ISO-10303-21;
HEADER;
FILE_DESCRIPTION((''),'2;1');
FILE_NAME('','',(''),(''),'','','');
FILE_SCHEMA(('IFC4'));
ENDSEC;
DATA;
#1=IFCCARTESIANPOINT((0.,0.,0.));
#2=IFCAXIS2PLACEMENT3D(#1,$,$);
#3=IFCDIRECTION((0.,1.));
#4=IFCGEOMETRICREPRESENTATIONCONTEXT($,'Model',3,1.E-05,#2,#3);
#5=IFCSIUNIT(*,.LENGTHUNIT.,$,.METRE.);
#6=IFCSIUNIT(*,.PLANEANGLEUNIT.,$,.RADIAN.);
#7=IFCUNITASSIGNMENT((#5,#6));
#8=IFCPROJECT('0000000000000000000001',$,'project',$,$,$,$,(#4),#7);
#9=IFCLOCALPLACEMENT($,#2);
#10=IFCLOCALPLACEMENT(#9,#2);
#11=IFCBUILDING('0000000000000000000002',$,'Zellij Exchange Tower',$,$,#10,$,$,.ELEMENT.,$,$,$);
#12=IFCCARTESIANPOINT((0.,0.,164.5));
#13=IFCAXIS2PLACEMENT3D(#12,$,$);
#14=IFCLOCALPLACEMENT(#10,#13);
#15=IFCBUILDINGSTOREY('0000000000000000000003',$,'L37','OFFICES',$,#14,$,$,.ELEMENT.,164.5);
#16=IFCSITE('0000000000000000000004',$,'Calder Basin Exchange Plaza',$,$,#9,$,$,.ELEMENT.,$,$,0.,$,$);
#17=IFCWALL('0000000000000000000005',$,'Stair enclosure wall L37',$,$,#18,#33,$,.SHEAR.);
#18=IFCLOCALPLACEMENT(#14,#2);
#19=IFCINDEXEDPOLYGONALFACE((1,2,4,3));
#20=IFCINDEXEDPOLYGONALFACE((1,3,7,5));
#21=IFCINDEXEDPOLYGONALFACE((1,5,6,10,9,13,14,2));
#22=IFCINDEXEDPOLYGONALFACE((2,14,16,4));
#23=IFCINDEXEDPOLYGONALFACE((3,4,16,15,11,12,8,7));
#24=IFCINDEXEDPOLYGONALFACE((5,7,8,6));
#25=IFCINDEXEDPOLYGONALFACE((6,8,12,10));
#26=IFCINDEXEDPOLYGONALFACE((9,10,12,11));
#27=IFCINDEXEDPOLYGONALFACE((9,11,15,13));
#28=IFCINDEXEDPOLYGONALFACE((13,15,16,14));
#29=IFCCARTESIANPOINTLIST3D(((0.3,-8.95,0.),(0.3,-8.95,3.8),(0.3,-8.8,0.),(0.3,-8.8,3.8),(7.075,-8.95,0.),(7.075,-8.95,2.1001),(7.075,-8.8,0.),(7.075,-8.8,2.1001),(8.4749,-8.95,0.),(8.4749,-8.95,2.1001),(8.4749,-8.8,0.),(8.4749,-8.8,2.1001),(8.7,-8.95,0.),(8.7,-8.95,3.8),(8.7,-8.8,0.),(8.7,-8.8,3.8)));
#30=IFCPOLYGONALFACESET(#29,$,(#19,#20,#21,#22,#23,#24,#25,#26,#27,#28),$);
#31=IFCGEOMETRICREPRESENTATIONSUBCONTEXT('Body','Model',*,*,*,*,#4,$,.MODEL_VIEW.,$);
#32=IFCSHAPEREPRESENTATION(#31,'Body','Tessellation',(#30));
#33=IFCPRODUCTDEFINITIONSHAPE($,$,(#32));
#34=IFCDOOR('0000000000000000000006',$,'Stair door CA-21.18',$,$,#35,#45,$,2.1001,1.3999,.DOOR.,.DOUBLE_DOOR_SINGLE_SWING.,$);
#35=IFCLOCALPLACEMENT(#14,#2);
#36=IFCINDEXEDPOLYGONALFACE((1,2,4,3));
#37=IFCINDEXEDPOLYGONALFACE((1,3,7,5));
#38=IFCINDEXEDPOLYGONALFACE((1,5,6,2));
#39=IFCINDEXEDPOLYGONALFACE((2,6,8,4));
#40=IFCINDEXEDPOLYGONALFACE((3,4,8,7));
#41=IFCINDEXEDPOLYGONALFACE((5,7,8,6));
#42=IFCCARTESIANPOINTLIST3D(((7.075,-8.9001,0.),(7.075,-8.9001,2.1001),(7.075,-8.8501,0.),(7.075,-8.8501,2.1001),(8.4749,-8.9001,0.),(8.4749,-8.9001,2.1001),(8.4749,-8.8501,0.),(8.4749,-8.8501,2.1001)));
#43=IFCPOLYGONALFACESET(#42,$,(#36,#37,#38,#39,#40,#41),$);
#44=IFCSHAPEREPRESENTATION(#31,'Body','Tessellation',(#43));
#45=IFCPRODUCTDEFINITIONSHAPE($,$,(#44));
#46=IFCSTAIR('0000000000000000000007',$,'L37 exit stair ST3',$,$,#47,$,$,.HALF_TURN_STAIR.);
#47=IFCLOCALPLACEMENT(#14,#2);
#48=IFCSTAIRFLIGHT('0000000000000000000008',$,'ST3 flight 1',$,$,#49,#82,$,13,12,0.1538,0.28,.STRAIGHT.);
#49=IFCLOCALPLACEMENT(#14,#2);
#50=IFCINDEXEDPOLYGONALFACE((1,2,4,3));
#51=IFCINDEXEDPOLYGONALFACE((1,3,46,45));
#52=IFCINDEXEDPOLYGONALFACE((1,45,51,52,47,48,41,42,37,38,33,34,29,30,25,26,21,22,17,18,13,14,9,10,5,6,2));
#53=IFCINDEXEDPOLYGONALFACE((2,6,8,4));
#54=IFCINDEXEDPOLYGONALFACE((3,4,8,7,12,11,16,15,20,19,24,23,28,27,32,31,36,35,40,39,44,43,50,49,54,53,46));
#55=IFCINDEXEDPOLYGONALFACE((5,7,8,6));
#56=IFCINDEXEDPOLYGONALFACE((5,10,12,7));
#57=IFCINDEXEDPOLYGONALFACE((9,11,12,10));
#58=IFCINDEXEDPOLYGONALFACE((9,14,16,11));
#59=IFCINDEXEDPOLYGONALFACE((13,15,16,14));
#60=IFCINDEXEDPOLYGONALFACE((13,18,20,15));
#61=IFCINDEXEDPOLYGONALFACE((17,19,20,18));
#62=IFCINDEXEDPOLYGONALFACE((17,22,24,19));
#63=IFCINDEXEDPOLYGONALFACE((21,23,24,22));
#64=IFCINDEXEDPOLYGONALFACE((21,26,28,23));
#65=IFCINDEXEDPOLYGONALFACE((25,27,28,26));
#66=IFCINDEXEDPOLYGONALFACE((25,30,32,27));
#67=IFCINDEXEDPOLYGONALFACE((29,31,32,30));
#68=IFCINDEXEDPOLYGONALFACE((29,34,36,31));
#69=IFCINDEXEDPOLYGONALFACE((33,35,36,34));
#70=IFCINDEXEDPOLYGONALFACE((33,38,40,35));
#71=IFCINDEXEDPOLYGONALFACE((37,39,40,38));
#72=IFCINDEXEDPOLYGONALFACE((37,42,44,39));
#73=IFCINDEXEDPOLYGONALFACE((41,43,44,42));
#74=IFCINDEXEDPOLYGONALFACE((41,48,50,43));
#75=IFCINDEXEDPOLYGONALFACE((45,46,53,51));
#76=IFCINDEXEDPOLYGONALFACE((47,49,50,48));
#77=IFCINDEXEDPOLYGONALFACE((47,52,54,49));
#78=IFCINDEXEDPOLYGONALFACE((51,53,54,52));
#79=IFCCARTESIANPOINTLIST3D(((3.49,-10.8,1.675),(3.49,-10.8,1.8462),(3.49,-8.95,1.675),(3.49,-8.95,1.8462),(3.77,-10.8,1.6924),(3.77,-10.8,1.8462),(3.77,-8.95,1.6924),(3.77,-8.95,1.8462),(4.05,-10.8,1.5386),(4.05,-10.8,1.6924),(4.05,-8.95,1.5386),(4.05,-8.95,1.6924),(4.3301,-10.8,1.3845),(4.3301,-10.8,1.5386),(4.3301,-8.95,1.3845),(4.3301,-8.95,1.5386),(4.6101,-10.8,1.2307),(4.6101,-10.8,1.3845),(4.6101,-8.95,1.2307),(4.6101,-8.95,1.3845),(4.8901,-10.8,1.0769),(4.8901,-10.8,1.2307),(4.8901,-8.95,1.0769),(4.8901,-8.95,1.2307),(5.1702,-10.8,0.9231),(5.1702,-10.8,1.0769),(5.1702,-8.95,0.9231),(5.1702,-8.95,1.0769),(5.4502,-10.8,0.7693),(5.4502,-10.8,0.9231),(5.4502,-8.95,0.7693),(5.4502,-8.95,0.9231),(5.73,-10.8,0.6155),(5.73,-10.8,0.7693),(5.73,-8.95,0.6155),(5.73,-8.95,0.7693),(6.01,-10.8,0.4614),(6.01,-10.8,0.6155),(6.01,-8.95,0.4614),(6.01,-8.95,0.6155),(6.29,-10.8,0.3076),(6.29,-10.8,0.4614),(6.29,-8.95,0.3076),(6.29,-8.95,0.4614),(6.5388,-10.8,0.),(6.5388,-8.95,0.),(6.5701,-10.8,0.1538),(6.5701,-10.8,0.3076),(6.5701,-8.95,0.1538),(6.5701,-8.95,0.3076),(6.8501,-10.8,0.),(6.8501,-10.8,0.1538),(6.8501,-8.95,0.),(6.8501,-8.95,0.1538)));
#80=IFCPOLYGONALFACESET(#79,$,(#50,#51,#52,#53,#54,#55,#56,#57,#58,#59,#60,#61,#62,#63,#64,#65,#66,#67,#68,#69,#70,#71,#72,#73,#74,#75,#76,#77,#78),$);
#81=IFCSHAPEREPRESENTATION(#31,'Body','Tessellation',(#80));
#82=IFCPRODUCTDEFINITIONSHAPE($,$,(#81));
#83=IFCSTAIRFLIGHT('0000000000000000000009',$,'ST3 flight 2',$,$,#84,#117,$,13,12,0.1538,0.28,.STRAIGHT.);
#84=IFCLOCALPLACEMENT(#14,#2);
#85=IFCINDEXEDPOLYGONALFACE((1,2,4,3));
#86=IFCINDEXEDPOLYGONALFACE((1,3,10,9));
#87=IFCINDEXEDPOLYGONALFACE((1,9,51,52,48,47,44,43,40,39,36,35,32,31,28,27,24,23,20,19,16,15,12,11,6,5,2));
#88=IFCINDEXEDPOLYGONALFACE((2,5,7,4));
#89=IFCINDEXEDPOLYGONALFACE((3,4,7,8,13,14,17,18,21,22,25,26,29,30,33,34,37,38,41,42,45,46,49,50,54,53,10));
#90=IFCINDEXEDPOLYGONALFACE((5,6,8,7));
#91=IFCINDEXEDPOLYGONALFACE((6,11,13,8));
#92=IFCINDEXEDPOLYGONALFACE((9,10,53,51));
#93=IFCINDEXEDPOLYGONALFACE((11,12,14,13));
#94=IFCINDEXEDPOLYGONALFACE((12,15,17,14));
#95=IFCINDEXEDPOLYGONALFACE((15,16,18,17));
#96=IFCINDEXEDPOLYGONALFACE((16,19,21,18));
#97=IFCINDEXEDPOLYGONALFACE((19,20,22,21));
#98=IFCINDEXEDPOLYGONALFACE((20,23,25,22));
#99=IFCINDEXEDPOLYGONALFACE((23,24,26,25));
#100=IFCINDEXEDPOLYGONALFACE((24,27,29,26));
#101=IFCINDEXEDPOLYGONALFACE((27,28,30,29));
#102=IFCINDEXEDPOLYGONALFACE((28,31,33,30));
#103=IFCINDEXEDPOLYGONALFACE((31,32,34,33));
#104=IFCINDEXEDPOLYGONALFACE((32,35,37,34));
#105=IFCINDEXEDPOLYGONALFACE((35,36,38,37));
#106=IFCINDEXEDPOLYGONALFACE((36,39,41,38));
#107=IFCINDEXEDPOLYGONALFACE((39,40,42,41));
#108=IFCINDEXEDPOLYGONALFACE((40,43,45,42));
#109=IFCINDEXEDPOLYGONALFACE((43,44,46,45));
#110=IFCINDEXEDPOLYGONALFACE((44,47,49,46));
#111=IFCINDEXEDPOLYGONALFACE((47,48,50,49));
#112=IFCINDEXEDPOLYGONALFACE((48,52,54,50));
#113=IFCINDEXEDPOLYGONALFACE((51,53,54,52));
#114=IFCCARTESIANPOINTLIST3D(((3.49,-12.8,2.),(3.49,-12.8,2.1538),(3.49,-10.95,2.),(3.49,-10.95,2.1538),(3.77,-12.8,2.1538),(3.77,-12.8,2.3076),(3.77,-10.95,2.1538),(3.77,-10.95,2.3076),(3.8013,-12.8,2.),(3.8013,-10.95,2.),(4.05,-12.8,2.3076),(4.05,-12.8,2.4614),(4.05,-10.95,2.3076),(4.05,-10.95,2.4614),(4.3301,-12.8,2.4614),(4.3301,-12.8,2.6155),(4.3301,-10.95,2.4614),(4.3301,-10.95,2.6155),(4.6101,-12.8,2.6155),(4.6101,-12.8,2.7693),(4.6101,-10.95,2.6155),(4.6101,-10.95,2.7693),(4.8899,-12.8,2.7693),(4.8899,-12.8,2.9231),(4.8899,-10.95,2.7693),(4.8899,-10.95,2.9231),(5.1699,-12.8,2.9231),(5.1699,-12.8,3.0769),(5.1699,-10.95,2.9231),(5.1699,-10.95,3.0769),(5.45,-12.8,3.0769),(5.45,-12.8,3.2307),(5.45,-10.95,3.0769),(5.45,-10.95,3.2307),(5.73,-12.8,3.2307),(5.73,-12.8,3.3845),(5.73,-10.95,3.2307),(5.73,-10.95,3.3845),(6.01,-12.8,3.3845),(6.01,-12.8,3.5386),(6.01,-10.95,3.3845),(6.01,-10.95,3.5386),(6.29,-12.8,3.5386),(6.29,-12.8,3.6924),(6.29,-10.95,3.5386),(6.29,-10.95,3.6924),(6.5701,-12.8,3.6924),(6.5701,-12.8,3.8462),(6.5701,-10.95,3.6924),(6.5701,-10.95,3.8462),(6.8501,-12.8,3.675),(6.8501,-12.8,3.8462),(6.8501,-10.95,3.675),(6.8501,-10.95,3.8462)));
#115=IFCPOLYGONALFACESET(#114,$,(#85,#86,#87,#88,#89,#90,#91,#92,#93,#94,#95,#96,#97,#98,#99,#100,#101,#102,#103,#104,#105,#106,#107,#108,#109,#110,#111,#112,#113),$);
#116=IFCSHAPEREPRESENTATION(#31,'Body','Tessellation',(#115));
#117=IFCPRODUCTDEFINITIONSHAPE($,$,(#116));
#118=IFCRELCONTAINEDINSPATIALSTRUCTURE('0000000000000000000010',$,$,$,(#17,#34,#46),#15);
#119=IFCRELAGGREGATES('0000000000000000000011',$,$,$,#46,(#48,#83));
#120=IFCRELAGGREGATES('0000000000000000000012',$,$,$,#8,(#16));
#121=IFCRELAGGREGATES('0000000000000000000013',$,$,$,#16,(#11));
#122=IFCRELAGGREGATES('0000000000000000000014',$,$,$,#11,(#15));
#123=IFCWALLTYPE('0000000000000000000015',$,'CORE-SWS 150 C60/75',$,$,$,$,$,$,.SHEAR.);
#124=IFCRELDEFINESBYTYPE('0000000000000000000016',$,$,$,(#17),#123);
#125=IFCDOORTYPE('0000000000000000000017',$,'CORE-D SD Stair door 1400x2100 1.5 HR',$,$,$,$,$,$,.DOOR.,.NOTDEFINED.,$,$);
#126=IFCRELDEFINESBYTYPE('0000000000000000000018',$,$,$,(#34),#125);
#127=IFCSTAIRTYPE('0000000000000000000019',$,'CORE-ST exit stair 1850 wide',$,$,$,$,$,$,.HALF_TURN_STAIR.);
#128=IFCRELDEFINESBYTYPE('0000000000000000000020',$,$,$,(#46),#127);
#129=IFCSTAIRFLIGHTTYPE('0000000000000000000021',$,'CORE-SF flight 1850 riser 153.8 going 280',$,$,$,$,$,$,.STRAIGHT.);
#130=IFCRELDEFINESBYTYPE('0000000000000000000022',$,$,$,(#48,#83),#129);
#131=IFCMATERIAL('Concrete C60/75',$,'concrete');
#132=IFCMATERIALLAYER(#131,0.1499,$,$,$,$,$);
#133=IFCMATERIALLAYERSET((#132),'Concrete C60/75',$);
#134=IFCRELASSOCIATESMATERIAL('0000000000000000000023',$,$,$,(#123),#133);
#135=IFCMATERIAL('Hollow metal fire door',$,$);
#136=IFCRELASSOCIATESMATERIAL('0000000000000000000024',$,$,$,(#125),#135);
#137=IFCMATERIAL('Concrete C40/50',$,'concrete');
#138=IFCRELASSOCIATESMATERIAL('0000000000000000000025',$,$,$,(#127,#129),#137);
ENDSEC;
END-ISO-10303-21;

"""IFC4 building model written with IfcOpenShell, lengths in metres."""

from ifc_helpers import new_model, si_unit, direction, frame, frame_2d, origin, place, context, subcontext, project, spatial, polyline, rectangle, outline, extrude, material, layer, layer_set, type_object, element, fill, aggregate, save


model = new_model("IFC4")

# Units and contexts
model_context = context("Model", 3, precision=1e-05, world=origin(), true_north=direction((0.0, 1.0)))
body_context = subcontext(model_context, "Body", "Model", "MODEL_VIEW")
ifc_project = project(units=[si_unit("LENGTHUNIT", "METRE"), si_unit("PLANEANGLEUNIT", "RADIAN")], contexts=[model_context])

# Site, building, storey
site_placement = place(None, origin())
site = spatial("IfcSite", under=ifc_project, at=site_placement, Name="Calder Basin Exchange Plaza", CompositionType="ELEMENT", RefElevation=0.0)
building_placement = place(site_placement, origin())
building = spatial("IfcBuilding", under=site, at=building_placement, Name="Zellij Exchange Tower", CompositionType="ELEMENT")
storey_placement = place(building_placement, frame((0.0, 0.0, 164.5)))
storey = spatial("IfcBuildingStorey", under=building, at=storey_placement, Name="L37", Description="OFFICES", CompositionType="ELEMENT", Elevation=164.5)

# Shared definitions
ifc_material_1 = material(Name="Concrete C60/75", Category="concrete")

# Shared definitions
ifc_material_2 = material(Name="Hollow metal fire door")

# Wall, opening, door
ifc_layer_1 = layer(ifc_material_1, 0.1499)
ifc_layer_set_1 = layer_set([ifc_layer_1], Name="Concrete C60/75")
wall_type_1 = type_object("IfcWallType", Name="CORE-SWS 150 C60/75", PredefinedType="SHEAR", material=ifc_layer_set_1)
wall_1_placement = place(storey_placement, frame((0.3, -8.875, 0.0), z_axis=(0.0, 0.0, 1.0), x_axis=(1.0, 0.0, 0.0)))
wall_1 = element("IfcWall", 1, at=wall_1_placement, inside=storey, type_object=wall_type_1, Name="Stair enclosure wall L37", PredefinedType="SHEAR", context=body_context, shape_type="SweptSolid", body=[
    extrude(rectangle(XDim=8.3999, YDim=0.1499, at=frame_2d((4.2, 0.0))), origin(), (0.0, 0.0, 1.0), 3.8),
])
opening_1_placement = place(wall_1_placement, frame((6.7749, 0.0, 0.0)))
opening_1 = element("IfcOpeningElement", 2, at=opening_1_placement, cuts=wall_1, PredefinedType="OPENING", context=body_context, shape_type="SweptSolid", body=[
    extrude(rectangle(XDim=1.3999, YDim=2.1001, at=frame_2d((0.7, 1.05))), frame((0.0, 0.0869, 0.0), z_axis=(0.0, -1.0, 0.0), x_axis=(1.0, 0.0, 0.0)), (0.0, 0.0, 1.0), 0.1738),
])
door_type_1 = type_object("IfcDoorType", Name="CORE-D SD Stair door 1400x2100 1.5 HR", OperationType="NOTDEFINED", PredefinedType="DOOR", material=ifc_material_2)
door_1_placement = place(opening_1_placement, origin())
door_1 = element("IfcDoor", 3, at=door_1_placement, inside=storey, type_object=door_type_1, Name="Stair door CA-21.18", OperationType="DOUBLE_DOOR_SINGLE_SWING", OverallHeight=2.1001, OverallWidth=1.3999, PredefinedType="DOOR", context=body_context, shape_type="SweptSolid", body=[
    extrude(rectangle(XDim=1.3999, YDim=2.1001, at=frame_2d((0.7, 1.05))), frame((0.0, 0.0249, 0.0), z_axis=(0.0, -1.0, 0.0), x_axis=(1.0, 0.0, 0.0)), (0.0, 0.0, 1.0), 0.05),
])
fill(opening_1, door_1)

# Stair, stair flights
ifc_material_3 = material(Name="Concrete C40/50", Category="concrete")
stair_type = type_object("IfcStairType", Name="CORE-ST exit stair 1850 wide", PredefinedType="HALF_TURN_STAIR", material=ifc_material_3)
stair_placement = place(storey_placement, origin())
stair = element("IfcStair", 4, at=stair_placement, inside=storey, type_object=stair_type, Name="L37 exit stair ST3", PredefinedType="HALF_TURN_STAIR")
stair_flight_type = type_object("IfcStairFlightType", Name="CORE-SF flight 1850 riser 153.8 going 280", PredefinedType="STRAIGHT", material=ifc_material_3)
stair_flight_1_placement = place(storey_placement, frame((6.8501, -9.875, 0.0), z_axis=(0.0, 0.0, 1.0), x_axis=(-1.0, 0.0, 0.0)))
stair_flight_1 = element("IfcStairFlight", 5, at=stair_flight_1_placement, type_object=stair_flight_type, Name="ST3 flight 1", NumberOfRisers=13, NumberOfTreads=12, PredefinedType="STRAIGHT", RiserHeight=0.1538, TreadLength=0.28, context=body_context, shape_type="SweptSolid", body=[
    extrude(outline(polyline([(0.0, 0.0), (0.0, 0.1538), (0.28, 0.1538), (0.28, 0.3076), (0.5601, 0.3076), (0.5601, 0.4614), (0.8401, 0.4614), (0.8401, 0.6155), (1.1201, 0.6155), (1.1201, 0.7693), (1.3999, 0.7693), (1.3999, 0.9231), (1.6799, 0.9231), (1.6799, 1.0769), (1.96, 1.0769), (1.96, 1.2307), (2.24, 1.2307), (2.24, 1.3845), (2.52, 1.3845), (2.52, 1.5386), (2.8, 1.5386), (2.8, 1.6924), (3.0801, 1.6924), (3.0801, 1.8462), (3.3601, 1.8462), (3.3601, 2.0), (3.3601, 1.675), (0.3113, 0.0), (0.0, 0.0)])), frame((0.0, 0.925, 0.0), z_axis=(0.0, -1.0, 0.0), x_axis=(1.0, 0.0, 0.0)), (0.0, 0.0, 1.0), 1.8501),
])
stair_flight_2_placement = place(storey_placement, frame((3.49, -11.875, 2.0), z_axis=(0.0, 0.0, 1.0), x_axis=(1.0, 0.0, 0.0)))
stair_flight_2 = element("IfcStairFlight", 6, at=stair_flight_2_placement, type_object=stair_flight_type, Name="ST3 flight 2", NumberOfRisers=13, NumberOfTreads=12, PredefinedType="STRAIGHT", RiserHeight=0.1538, TreadLength=0.28, context=body_context, shape_type="SweptSolid", body=[
    extrude(outline(polyline([(0.0, 0.0), (0.0, 0.1538), (0.28, 0.1538), (0.28, 0.3076), (0.5601, 0.3076), (0.5601, 0.4614), (0.8401, 0.4614), (0.8401, 0.6155), (1.1201, 0.6155), (1.1201, 0.7693), (1.3999, 0.7693), (1.3999, 0.9231), (1.6799, 0.9231), (1.6799, 1.0769), (1.96, 1.0769), (1.96, 1.2307), (2.24, 1.2307), (2.24, 1.3845), (2.52, 1.3845), (2.52, 1.5386), (2.8, 1.5386), (2.8, 1.6924), (3.0801, 1.6924), (3.0801, 1.8462), (3.3601, 1.8462), (3.3601, 2.0), (3.3601, 1.675), (0.3113, 0.0), (0.0, 0.0)])), frame((0.0, 0.925, 0.0), z_axis=(0.0, -1.0, 0.0), x_axis=(1.0, 0.0, 0.0)), (0.0, 0.0, 1.0), 1.8501),
])
aggregate(stair, [stair_flight_1, stair_flight_2])

save(model, "model.ifc")
